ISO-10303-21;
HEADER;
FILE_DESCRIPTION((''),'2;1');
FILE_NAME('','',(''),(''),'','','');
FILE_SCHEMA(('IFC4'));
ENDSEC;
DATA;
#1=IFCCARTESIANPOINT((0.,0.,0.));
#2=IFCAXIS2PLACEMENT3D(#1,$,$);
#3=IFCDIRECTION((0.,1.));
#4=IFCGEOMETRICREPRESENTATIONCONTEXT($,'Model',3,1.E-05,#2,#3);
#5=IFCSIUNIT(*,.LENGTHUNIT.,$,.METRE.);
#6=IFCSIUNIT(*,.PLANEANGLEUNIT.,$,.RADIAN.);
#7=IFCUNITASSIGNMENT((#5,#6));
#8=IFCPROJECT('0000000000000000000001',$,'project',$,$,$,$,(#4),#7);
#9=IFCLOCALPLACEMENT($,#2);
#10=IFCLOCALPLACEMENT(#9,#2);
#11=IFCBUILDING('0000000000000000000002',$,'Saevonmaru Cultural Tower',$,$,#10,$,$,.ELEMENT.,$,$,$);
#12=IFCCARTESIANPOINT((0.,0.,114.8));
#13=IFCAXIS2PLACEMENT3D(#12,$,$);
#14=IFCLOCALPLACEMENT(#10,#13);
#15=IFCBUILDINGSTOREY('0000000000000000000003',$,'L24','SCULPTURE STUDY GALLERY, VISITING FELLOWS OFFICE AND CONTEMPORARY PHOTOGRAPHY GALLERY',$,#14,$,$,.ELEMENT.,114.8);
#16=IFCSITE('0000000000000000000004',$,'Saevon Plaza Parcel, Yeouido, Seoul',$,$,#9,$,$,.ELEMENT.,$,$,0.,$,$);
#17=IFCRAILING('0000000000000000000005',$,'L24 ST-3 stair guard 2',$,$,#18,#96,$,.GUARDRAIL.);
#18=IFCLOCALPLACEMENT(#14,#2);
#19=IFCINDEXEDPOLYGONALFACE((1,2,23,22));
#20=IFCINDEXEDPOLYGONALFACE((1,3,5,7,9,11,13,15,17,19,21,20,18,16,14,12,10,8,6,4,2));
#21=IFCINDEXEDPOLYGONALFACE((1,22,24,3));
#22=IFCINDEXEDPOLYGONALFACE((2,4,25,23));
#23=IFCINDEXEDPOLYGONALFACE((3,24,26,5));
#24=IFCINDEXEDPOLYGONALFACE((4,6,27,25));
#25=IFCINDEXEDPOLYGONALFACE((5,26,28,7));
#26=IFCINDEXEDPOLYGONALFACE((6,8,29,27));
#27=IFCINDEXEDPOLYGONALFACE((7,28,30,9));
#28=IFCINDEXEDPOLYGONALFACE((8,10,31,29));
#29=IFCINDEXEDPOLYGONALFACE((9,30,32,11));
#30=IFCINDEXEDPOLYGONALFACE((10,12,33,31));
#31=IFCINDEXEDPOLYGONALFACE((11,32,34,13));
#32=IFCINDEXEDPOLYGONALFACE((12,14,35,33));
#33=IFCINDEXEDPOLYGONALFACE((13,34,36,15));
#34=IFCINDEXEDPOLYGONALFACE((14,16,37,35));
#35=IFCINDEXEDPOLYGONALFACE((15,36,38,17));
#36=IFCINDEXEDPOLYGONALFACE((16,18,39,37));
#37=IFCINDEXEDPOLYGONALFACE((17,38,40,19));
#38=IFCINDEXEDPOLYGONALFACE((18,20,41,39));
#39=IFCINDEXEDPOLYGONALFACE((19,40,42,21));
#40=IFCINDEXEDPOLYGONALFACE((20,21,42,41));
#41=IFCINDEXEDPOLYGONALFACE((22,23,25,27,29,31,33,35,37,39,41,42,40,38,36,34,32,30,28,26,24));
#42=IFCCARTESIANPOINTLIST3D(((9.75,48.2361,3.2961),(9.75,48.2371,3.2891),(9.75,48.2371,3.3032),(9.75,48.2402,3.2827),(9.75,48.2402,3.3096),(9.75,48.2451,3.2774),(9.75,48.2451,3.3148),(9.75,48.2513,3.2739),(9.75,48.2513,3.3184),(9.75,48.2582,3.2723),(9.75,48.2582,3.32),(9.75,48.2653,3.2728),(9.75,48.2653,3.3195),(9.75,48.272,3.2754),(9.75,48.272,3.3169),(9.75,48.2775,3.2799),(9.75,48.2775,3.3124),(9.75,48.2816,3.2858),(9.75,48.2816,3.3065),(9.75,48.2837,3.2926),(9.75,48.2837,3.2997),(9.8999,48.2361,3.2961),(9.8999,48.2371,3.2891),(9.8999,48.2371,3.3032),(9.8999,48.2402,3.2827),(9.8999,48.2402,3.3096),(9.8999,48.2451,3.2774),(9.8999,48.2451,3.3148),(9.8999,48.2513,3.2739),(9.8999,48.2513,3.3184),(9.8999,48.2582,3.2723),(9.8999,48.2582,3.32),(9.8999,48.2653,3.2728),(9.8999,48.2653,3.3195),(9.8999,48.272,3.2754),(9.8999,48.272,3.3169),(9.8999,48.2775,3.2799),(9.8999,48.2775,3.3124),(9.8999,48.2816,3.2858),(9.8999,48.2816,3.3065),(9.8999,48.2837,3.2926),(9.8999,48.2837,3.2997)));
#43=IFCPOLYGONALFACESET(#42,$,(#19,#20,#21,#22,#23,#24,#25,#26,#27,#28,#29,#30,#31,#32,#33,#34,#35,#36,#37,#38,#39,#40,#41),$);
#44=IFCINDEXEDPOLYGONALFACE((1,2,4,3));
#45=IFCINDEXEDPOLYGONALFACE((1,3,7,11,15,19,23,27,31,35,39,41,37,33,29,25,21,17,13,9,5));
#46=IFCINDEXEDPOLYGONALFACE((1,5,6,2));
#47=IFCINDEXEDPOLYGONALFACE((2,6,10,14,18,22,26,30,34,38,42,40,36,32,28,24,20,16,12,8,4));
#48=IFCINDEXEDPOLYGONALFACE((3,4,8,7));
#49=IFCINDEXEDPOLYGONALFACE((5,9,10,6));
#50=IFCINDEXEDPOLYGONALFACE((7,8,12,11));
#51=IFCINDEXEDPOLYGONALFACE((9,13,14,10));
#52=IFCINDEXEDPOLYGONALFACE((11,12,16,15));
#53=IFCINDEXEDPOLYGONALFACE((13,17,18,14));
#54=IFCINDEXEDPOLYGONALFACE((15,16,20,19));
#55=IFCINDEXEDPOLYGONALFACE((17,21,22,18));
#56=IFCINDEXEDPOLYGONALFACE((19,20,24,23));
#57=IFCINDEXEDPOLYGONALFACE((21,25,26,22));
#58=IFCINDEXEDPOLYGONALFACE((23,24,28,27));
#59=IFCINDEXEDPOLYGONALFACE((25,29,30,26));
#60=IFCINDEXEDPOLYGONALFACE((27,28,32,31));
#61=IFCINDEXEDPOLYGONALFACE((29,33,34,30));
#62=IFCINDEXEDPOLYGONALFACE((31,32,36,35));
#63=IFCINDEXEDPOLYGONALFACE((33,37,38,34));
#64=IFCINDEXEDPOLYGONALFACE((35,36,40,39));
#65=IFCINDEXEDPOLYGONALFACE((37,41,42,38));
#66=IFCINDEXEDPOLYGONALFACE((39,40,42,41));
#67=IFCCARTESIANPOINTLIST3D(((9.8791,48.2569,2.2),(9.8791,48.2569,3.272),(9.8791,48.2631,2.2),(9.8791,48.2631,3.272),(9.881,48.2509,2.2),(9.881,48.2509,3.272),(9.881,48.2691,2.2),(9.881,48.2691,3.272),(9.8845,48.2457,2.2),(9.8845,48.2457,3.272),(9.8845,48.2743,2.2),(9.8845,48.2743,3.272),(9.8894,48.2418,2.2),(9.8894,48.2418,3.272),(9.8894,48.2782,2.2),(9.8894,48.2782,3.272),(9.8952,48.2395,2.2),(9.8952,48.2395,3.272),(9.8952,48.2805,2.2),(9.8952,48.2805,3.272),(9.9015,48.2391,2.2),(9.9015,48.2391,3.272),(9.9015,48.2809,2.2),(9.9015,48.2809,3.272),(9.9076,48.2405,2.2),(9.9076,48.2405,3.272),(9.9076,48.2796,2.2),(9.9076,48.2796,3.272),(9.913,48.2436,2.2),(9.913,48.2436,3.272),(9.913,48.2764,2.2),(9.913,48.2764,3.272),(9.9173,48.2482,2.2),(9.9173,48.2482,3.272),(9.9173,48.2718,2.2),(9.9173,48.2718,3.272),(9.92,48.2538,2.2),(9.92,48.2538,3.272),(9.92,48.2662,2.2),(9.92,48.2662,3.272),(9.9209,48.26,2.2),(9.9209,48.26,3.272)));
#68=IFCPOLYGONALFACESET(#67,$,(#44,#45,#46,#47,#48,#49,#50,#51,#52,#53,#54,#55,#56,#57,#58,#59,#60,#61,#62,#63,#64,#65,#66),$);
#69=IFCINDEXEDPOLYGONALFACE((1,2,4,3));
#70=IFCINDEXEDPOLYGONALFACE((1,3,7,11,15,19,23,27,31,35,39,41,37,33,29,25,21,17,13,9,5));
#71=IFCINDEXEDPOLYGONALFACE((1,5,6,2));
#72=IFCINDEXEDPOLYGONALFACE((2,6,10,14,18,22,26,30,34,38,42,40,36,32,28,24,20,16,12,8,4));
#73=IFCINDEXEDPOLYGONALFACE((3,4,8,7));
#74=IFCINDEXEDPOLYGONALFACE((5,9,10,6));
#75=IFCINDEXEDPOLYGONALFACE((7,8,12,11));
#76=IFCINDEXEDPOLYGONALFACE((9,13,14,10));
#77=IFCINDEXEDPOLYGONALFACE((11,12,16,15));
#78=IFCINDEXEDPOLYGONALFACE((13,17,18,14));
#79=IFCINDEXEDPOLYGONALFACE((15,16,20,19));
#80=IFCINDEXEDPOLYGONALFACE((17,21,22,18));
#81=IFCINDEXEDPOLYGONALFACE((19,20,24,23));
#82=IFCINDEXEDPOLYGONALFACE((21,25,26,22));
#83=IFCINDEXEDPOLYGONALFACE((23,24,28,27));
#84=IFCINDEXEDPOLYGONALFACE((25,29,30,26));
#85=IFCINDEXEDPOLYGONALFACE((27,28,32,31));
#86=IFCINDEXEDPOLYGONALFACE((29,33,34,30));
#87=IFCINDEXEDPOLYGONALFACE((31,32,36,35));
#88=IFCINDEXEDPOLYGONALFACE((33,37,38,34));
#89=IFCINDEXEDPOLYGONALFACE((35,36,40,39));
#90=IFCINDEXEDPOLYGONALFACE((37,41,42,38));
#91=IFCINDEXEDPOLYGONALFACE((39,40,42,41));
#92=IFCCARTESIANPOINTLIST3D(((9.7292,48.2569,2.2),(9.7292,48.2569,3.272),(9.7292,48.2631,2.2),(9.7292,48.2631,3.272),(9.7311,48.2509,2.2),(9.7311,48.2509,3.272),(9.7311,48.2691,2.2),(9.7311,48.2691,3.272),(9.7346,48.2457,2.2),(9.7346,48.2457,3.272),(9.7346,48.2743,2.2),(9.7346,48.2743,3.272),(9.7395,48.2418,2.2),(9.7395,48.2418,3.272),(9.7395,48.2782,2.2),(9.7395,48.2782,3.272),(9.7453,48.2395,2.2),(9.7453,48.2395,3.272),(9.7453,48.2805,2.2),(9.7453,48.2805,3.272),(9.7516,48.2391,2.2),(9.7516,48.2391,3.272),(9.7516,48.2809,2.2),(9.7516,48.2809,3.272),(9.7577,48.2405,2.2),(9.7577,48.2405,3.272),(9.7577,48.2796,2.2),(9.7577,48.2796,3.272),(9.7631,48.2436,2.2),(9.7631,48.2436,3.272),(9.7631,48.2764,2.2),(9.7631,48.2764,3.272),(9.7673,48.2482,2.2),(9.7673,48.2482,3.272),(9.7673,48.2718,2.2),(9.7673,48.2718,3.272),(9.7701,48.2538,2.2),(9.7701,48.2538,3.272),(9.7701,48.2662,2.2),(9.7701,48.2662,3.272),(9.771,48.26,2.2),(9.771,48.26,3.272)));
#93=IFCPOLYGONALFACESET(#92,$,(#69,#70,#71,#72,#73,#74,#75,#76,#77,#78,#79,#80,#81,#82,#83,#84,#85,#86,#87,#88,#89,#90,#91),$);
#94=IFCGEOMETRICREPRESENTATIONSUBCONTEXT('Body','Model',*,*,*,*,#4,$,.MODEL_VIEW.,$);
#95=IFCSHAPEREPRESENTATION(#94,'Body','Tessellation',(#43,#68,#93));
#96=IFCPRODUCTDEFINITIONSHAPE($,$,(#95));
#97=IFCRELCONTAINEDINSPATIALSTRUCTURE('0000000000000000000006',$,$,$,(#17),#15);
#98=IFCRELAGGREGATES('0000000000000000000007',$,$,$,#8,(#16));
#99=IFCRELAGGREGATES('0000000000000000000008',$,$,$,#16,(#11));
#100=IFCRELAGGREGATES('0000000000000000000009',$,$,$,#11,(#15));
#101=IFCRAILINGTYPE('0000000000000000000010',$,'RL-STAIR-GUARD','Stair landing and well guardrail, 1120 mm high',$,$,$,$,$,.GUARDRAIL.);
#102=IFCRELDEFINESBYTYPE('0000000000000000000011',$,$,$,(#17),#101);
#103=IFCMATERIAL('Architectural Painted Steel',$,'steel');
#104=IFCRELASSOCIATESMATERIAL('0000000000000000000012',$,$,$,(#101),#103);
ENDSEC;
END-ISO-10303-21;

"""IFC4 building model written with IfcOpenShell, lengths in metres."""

from ifc_helpers import new_model, si_unit, direction, frame, origin, origin_2d, place, context, subcontext, project, spatial, circle, extrude, material, type_object, element, save


model = new_model("IFC4")

# Units and contexts
model_context = context("Model", 3, precision=1e-05, world=origin(), true_north=direction((0.0, 1.0)))
body_context = subcontext(model_context, "Body", "Model", "MODEL_VIEW")
ifc_project = project(units=[si_unit("LENGTHUNIT", "METRE"), si_unit("PLANEANGLEUNIT", "RADIAN")], contexts=[model_context])

# Site, building, storey
site_placement = place(None, origin())
site = spatial("IfcSite", under=ifc_project, at=site_placement, Name="Saevon Plaza Parcel, Yeouido, Seoul", CompositionType="ELEMENT", RefElevation=0.0)
building_placement = place(site_placement, origin())
building = spatial("IfcBuilding", under=site, at=building_placement, Name="Saevonmaru Cultural Tower", CompositionType="ELEMENT")
storey_placement = place(building_placement, frame((0.0, 0.0, 114.8)))
storey = spatial("IfcBuildingStorey", under=building, at=storey_placement, Name="L24", Description="SCULPTURE STUDY GALLERY, VISITING FELLOWS OFFICE AND CONTEMPORARY PHOTOGRAPHY GALLERY", CompositionType="ELEMENT", Elevation=114.8)

# Railing
ifc_material_1 = material(Name="Architectural Painted Steel", Category="steel")
railing_type_1 = type_object("IfcRailingType", Name="RL-STAIR-GUARD", Description="Stair landing and well guardrail, 1120 mm high", PredefinedType="GUARDRAIL", material=ifc_material_1)
railing_1_placement = place(storey_placement, frame((9.8999, 48.26, 2.2)))
element("IfcRailing", 1, at=railing_1_placement, inside=storey, type_object=railing_type_1, Name="L24 ST-3 stair guard 2", PredefinedType="GUARDRAIL", context=body_context, shape_type="SweptSolid", body=[
    extrude(circle(Radius=0.0239, at=origin_2d()), frame((0.0, 0.0, 1.0962), z_axis=(-1.0, 0.0, 0.0), x_axis=(0.0, -1.0, 0.0)), (0.0, 0.0, 1.0), 0.1499),
    extrude(circle(Radius=0.021, at=origin_2d()), origin(), (0.0, 0.0, 1.0), 1.072),
    extrude(circle(Radius=0.021, at=origin_2d()), frame((-0.1499, 0.0, 0.0)), (0.0, 0.0, 1.0), 1.072),
])

save(model, "model.ifc")
